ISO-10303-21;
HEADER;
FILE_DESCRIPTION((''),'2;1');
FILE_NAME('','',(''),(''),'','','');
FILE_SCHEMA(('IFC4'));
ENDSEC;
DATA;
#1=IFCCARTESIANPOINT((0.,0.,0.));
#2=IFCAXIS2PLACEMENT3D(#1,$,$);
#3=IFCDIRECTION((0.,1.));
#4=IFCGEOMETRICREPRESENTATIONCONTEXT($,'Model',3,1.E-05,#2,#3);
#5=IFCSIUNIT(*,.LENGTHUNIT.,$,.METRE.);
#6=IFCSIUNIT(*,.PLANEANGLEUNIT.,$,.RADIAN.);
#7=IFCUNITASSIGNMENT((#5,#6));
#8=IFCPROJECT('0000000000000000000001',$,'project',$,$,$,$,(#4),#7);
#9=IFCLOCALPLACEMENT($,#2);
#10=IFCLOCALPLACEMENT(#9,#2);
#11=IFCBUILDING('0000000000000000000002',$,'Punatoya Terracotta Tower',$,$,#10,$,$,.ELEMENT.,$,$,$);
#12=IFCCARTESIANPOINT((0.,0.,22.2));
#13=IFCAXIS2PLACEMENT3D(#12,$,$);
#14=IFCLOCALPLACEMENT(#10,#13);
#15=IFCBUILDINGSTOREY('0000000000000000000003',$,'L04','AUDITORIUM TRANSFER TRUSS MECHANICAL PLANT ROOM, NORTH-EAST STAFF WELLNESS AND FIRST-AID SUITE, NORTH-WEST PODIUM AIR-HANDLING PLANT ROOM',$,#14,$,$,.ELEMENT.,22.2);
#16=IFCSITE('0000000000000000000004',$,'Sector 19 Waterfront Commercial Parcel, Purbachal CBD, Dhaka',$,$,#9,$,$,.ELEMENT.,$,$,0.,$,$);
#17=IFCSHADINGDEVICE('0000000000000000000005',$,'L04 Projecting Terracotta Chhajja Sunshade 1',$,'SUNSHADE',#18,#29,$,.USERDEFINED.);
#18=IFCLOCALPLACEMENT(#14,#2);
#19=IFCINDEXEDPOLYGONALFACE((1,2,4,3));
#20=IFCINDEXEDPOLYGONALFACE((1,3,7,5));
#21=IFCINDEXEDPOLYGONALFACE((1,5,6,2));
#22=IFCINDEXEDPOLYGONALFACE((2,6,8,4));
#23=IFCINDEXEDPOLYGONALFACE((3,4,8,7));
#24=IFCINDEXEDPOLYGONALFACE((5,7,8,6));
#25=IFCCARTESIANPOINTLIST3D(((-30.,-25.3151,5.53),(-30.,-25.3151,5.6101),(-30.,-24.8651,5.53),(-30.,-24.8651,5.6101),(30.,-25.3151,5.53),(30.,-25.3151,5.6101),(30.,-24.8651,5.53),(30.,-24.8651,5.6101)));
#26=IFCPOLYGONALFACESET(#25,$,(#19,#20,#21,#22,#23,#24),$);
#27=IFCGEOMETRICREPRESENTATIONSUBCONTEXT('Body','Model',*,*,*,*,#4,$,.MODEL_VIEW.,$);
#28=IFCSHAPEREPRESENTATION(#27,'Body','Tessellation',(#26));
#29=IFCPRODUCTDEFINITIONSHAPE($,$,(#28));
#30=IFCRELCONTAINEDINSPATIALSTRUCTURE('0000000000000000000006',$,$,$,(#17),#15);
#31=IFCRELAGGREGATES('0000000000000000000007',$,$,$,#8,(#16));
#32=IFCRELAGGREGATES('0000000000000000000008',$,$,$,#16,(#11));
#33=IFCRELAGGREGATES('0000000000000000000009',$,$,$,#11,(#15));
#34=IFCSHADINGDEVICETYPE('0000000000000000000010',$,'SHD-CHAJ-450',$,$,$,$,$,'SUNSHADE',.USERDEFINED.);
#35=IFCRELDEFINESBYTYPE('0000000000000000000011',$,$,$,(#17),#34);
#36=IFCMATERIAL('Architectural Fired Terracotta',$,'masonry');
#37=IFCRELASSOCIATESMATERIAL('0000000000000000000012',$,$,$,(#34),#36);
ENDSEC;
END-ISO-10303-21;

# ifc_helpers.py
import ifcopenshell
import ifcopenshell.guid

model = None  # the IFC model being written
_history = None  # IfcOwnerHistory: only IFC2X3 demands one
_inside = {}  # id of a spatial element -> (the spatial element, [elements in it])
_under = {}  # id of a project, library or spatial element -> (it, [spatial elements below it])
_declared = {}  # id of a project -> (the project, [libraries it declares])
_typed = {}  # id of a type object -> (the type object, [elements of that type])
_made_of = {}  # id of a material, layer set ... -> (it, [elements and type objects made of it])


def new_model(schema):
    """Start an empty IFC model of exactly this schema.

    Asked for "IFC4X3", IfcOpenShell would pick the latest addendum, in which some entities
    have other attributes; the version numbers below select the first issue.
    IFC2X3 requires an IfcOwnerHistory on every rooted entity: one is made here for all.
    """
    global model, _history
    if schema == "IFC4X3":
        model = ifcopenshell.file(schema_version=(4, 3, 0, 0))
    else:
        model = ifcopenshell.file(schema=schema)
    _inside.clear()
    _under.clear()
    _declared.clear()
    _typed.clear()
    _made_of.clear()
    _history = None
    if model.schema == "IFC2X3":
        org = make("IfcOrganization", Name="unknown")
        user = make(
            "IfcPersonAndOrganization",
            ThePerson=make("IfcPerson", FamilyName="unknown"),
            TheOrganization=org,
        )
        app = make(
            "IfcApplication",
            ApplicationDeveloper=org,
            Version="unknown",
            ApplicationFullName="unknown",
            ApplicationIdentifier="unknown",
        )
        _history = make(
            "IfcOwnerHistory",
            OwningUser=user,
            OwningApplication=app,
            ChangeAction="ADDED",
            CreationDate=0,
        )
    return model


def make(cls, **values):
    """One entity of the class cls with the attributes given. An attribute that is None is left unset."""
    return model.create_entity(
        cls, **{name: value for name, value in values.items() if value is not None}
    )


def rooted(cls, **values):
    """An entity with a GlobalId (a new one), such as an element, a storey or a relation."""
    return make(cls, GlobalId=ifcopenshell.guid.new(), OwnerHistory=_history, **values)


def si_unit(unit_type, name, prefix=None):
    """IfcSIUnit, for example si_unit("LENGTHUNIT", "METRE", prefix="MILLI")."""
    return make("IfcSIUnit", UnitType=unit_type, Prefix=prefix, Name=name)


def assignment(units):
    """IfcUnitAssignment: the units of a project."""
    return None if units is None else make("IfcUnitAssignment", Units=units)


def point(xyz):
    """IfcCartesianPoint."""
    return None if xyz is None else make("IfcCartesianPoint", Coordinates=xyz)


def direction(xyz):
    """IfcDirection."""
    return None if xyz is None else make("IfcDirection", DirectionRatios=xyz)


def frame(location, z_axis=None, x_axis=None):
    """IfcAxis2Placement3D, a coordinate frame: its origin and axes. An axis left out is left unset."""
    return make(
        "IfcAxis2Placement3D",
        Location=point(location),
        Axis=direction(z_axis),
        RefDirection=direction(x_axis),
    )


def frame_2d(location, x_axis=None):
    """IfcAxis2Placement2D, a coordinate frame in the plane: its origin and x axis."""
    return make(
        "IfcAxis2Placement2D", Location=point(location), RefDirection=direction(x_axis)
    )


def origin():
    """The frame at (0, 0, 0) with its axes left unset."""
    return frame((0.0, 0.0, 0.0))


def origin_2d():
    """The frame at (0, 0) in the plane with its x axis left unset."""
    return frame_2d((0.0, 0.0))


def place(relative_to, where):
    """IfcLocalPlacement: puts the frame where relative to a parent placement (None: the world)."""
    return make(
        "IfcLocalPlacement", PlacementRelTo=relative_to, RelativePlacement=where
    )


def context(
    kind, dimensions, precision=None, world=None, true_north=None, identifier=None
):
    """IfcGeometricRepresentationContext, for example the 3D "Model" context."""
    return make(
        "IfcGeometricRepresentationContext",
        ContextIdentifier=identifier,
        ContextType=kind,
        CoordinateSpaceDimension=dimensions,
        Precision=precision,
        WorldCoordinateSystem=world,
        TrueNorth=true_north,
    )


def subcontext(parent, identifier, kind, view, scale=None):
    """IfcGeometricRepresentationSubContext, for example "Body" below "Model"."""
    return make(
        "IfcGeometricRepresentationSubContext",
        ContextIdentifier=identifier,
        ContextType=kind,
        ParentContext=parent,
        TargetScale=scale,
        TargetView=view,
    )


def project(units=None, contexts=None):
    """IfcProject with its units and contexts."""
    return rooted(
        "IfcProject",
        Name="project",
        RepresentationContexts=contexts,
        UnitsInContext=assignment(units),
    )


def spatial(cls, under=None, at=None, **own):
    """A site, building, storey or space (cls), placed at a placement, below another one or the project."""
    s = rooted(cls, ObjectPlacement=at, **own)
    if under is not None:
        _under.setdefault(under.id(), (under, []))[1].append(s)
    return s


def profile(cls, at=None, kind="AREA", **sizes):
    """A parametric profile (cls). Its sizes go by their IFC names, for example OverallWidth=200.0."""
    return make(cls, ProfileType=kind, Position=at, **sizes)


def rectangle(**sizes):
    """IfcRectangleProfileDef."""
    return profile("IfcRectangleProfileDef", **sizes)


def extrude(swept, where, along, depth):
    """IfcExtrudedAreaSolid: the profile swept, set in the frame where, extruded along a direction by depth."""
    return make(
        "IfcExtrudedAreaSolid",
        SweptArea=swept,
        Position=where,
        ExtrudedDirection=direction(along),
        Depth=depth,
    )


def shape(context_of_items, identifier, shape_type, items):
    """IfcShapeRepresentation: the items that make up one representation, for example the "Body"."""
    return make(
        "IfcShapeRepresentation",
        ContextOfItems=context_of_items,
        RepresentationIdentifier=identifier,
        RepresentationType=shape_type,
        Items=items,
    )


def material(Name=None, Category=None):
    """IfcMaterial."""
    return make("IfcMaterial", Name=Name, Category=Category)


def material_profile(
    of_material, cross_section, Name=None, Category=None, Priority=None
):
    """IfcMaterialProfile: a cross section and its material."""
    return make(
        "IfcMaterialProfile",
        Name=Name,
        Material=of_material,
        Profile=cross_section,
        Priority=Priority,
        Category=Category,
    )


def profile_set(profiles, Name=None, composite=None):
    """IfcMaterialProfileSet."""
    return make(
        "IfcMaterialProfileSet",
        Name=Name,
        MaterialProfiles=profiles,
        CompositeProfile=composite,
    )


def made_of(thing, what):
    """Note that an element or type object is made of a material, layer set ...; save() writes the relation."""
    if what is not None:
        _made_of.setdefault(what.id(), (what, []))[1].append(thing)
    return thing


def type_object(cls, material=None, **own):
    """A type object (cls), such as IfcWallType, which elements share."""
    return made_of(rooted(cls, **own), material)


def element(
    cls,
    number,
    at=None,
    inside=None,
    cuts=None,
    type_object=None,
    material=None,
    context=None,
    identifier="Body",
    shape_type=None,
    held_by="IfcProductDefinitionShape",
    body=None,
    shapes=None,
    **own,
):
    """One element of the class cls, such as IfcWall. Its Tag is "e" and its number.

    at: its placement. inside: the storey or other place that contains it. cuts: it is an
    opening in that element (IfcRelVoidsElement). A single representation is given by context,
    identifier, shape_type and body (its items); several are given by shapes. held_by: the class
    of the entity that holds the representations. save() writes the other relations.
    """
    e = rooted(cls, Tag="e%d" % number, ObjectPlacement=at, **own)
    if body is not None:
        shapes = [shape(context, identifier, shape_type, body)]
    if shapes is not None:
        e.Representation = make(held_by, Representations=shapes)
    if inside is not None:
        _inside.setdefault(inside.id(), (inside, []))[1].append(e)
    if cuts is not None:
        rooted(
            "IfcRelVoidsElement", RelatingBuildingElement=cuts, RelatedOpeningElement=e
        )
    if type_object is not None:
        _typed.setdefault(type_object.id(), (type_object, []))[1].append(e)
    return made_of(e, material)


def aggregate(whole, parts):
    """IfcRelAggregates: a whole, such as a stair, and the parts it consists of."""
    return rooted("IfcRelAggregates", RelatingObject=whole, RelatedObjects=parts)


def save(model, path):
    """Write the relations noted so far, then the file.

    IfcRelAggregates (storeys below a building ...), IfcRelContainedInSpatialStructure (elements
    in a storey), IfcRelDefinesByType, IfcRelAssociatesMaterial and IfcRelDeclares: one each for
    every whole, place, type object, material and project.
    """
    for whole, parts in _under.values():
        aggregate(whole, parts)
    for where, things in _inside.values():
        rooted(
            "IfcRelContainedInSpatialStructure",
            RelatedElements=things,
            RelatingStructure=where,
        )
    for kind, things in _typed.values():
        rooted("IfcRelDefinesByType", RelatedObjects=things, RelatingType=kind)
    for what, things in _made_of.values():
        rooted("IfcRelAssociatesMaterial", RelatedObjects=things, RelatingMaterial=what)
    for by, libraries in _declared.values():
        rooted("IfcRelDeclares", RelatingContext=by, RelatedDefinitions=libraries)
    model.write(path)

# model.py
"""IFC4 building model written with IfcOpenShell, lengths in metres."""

from ifc_helpers import new_model, si_unit, direction, frame, origin, origin_2d, place, context, subcontext, project, spatial, rectangle, extrude, material, material_profile, profile_set, type_object, element, save


model = new_model("IFC4")

# Units and contexts
model_context = context("Model", 3, precision=1e-05, world=origin(), true_north=direction((0.0, 1.0)))
body_context = subcontext(model_context, "Body", "Model", "MODEL_VIEW")
ifc_project = project(units=[si_unit("LENGTHUNIT", "METRE"), si_unit("PLANEANGLEUNIT", "RADIAN")], contexts=[model_context])

# Site, building, storey
site_placement = place(None, origin())
site = spatial("IfcSite", under=ifc_project, at=site_placement, Name="Sector 19 Waterfront Commercial Parcel, Purbachal CBD, Dhaka", CompositionType="ELEMENT", RefElevation=0.0)
building_placement = place(site_placement, origin())
building = spatial("IfcBuilding", under=site, at=building_placement, Name="Punatoya Terracotta Tower", CompositionType="ELEMENT")
storey_placement = place(building_placement, frame((0.0, 0.0, 22.2)))
storey = spatial("IfcBuildingStorey", under=building, at=storey_placement, Name="L04", Description="AUDITORIUM TRANSFER TRUSS MECHANICAL PLANT ROOM, NORTH-EAST STAFF WELLNESS AND FIRST-AID SUITE, NORTH-WEST PODIUM AIR-HANDLING PLANT ROOM", CompositionType="ELEMENT", Elevation=22.2)

# Shading device
ifc_material_1 = material(Name="Architectural Fired Terracotta", Category="masonry")
ifc_material_profile_1 = material_profile(ifc_material_1, rectangle(XDim=0.45, YDim=0.0801, at=origin_2d()))
ifc_profile_set_1 = profile_set([ifc_material_profile_1], Name="Architectural Fired Terracotta")
shading_device_type = type_object("IfcShadingDeviceType", Name="SHD-CHAJ-450", ElementType="SUNSHADE", PredefinedType="USERDEFINED", material=ifc_profile_set_1)
shading_device_placement = place(storey_placement, frame((-30.0, -25.0901, 5.5701), z_axis=(1.0, 0.0, 0.0), x_axis=(0.0, 1.0, 0.0)))
element("IfcShadingDevice", 1, at=shading_device_placement, inside=storey, type_object=shading_device_type, Name="L04 Projecting Terracotta Chhajja Sunshade 1", ObjectType="SUNSHADE", PredefinedType="USERDEFINED", context=body_context, shape_type="SweptSolid", body=[
    extrude(rectangle(XDim=0.45, YDim=0.0801, at=origin_2d()), origin(), (0.0, 0.0, 1.0), 60.0),
])

save(model, "model.ifc")
